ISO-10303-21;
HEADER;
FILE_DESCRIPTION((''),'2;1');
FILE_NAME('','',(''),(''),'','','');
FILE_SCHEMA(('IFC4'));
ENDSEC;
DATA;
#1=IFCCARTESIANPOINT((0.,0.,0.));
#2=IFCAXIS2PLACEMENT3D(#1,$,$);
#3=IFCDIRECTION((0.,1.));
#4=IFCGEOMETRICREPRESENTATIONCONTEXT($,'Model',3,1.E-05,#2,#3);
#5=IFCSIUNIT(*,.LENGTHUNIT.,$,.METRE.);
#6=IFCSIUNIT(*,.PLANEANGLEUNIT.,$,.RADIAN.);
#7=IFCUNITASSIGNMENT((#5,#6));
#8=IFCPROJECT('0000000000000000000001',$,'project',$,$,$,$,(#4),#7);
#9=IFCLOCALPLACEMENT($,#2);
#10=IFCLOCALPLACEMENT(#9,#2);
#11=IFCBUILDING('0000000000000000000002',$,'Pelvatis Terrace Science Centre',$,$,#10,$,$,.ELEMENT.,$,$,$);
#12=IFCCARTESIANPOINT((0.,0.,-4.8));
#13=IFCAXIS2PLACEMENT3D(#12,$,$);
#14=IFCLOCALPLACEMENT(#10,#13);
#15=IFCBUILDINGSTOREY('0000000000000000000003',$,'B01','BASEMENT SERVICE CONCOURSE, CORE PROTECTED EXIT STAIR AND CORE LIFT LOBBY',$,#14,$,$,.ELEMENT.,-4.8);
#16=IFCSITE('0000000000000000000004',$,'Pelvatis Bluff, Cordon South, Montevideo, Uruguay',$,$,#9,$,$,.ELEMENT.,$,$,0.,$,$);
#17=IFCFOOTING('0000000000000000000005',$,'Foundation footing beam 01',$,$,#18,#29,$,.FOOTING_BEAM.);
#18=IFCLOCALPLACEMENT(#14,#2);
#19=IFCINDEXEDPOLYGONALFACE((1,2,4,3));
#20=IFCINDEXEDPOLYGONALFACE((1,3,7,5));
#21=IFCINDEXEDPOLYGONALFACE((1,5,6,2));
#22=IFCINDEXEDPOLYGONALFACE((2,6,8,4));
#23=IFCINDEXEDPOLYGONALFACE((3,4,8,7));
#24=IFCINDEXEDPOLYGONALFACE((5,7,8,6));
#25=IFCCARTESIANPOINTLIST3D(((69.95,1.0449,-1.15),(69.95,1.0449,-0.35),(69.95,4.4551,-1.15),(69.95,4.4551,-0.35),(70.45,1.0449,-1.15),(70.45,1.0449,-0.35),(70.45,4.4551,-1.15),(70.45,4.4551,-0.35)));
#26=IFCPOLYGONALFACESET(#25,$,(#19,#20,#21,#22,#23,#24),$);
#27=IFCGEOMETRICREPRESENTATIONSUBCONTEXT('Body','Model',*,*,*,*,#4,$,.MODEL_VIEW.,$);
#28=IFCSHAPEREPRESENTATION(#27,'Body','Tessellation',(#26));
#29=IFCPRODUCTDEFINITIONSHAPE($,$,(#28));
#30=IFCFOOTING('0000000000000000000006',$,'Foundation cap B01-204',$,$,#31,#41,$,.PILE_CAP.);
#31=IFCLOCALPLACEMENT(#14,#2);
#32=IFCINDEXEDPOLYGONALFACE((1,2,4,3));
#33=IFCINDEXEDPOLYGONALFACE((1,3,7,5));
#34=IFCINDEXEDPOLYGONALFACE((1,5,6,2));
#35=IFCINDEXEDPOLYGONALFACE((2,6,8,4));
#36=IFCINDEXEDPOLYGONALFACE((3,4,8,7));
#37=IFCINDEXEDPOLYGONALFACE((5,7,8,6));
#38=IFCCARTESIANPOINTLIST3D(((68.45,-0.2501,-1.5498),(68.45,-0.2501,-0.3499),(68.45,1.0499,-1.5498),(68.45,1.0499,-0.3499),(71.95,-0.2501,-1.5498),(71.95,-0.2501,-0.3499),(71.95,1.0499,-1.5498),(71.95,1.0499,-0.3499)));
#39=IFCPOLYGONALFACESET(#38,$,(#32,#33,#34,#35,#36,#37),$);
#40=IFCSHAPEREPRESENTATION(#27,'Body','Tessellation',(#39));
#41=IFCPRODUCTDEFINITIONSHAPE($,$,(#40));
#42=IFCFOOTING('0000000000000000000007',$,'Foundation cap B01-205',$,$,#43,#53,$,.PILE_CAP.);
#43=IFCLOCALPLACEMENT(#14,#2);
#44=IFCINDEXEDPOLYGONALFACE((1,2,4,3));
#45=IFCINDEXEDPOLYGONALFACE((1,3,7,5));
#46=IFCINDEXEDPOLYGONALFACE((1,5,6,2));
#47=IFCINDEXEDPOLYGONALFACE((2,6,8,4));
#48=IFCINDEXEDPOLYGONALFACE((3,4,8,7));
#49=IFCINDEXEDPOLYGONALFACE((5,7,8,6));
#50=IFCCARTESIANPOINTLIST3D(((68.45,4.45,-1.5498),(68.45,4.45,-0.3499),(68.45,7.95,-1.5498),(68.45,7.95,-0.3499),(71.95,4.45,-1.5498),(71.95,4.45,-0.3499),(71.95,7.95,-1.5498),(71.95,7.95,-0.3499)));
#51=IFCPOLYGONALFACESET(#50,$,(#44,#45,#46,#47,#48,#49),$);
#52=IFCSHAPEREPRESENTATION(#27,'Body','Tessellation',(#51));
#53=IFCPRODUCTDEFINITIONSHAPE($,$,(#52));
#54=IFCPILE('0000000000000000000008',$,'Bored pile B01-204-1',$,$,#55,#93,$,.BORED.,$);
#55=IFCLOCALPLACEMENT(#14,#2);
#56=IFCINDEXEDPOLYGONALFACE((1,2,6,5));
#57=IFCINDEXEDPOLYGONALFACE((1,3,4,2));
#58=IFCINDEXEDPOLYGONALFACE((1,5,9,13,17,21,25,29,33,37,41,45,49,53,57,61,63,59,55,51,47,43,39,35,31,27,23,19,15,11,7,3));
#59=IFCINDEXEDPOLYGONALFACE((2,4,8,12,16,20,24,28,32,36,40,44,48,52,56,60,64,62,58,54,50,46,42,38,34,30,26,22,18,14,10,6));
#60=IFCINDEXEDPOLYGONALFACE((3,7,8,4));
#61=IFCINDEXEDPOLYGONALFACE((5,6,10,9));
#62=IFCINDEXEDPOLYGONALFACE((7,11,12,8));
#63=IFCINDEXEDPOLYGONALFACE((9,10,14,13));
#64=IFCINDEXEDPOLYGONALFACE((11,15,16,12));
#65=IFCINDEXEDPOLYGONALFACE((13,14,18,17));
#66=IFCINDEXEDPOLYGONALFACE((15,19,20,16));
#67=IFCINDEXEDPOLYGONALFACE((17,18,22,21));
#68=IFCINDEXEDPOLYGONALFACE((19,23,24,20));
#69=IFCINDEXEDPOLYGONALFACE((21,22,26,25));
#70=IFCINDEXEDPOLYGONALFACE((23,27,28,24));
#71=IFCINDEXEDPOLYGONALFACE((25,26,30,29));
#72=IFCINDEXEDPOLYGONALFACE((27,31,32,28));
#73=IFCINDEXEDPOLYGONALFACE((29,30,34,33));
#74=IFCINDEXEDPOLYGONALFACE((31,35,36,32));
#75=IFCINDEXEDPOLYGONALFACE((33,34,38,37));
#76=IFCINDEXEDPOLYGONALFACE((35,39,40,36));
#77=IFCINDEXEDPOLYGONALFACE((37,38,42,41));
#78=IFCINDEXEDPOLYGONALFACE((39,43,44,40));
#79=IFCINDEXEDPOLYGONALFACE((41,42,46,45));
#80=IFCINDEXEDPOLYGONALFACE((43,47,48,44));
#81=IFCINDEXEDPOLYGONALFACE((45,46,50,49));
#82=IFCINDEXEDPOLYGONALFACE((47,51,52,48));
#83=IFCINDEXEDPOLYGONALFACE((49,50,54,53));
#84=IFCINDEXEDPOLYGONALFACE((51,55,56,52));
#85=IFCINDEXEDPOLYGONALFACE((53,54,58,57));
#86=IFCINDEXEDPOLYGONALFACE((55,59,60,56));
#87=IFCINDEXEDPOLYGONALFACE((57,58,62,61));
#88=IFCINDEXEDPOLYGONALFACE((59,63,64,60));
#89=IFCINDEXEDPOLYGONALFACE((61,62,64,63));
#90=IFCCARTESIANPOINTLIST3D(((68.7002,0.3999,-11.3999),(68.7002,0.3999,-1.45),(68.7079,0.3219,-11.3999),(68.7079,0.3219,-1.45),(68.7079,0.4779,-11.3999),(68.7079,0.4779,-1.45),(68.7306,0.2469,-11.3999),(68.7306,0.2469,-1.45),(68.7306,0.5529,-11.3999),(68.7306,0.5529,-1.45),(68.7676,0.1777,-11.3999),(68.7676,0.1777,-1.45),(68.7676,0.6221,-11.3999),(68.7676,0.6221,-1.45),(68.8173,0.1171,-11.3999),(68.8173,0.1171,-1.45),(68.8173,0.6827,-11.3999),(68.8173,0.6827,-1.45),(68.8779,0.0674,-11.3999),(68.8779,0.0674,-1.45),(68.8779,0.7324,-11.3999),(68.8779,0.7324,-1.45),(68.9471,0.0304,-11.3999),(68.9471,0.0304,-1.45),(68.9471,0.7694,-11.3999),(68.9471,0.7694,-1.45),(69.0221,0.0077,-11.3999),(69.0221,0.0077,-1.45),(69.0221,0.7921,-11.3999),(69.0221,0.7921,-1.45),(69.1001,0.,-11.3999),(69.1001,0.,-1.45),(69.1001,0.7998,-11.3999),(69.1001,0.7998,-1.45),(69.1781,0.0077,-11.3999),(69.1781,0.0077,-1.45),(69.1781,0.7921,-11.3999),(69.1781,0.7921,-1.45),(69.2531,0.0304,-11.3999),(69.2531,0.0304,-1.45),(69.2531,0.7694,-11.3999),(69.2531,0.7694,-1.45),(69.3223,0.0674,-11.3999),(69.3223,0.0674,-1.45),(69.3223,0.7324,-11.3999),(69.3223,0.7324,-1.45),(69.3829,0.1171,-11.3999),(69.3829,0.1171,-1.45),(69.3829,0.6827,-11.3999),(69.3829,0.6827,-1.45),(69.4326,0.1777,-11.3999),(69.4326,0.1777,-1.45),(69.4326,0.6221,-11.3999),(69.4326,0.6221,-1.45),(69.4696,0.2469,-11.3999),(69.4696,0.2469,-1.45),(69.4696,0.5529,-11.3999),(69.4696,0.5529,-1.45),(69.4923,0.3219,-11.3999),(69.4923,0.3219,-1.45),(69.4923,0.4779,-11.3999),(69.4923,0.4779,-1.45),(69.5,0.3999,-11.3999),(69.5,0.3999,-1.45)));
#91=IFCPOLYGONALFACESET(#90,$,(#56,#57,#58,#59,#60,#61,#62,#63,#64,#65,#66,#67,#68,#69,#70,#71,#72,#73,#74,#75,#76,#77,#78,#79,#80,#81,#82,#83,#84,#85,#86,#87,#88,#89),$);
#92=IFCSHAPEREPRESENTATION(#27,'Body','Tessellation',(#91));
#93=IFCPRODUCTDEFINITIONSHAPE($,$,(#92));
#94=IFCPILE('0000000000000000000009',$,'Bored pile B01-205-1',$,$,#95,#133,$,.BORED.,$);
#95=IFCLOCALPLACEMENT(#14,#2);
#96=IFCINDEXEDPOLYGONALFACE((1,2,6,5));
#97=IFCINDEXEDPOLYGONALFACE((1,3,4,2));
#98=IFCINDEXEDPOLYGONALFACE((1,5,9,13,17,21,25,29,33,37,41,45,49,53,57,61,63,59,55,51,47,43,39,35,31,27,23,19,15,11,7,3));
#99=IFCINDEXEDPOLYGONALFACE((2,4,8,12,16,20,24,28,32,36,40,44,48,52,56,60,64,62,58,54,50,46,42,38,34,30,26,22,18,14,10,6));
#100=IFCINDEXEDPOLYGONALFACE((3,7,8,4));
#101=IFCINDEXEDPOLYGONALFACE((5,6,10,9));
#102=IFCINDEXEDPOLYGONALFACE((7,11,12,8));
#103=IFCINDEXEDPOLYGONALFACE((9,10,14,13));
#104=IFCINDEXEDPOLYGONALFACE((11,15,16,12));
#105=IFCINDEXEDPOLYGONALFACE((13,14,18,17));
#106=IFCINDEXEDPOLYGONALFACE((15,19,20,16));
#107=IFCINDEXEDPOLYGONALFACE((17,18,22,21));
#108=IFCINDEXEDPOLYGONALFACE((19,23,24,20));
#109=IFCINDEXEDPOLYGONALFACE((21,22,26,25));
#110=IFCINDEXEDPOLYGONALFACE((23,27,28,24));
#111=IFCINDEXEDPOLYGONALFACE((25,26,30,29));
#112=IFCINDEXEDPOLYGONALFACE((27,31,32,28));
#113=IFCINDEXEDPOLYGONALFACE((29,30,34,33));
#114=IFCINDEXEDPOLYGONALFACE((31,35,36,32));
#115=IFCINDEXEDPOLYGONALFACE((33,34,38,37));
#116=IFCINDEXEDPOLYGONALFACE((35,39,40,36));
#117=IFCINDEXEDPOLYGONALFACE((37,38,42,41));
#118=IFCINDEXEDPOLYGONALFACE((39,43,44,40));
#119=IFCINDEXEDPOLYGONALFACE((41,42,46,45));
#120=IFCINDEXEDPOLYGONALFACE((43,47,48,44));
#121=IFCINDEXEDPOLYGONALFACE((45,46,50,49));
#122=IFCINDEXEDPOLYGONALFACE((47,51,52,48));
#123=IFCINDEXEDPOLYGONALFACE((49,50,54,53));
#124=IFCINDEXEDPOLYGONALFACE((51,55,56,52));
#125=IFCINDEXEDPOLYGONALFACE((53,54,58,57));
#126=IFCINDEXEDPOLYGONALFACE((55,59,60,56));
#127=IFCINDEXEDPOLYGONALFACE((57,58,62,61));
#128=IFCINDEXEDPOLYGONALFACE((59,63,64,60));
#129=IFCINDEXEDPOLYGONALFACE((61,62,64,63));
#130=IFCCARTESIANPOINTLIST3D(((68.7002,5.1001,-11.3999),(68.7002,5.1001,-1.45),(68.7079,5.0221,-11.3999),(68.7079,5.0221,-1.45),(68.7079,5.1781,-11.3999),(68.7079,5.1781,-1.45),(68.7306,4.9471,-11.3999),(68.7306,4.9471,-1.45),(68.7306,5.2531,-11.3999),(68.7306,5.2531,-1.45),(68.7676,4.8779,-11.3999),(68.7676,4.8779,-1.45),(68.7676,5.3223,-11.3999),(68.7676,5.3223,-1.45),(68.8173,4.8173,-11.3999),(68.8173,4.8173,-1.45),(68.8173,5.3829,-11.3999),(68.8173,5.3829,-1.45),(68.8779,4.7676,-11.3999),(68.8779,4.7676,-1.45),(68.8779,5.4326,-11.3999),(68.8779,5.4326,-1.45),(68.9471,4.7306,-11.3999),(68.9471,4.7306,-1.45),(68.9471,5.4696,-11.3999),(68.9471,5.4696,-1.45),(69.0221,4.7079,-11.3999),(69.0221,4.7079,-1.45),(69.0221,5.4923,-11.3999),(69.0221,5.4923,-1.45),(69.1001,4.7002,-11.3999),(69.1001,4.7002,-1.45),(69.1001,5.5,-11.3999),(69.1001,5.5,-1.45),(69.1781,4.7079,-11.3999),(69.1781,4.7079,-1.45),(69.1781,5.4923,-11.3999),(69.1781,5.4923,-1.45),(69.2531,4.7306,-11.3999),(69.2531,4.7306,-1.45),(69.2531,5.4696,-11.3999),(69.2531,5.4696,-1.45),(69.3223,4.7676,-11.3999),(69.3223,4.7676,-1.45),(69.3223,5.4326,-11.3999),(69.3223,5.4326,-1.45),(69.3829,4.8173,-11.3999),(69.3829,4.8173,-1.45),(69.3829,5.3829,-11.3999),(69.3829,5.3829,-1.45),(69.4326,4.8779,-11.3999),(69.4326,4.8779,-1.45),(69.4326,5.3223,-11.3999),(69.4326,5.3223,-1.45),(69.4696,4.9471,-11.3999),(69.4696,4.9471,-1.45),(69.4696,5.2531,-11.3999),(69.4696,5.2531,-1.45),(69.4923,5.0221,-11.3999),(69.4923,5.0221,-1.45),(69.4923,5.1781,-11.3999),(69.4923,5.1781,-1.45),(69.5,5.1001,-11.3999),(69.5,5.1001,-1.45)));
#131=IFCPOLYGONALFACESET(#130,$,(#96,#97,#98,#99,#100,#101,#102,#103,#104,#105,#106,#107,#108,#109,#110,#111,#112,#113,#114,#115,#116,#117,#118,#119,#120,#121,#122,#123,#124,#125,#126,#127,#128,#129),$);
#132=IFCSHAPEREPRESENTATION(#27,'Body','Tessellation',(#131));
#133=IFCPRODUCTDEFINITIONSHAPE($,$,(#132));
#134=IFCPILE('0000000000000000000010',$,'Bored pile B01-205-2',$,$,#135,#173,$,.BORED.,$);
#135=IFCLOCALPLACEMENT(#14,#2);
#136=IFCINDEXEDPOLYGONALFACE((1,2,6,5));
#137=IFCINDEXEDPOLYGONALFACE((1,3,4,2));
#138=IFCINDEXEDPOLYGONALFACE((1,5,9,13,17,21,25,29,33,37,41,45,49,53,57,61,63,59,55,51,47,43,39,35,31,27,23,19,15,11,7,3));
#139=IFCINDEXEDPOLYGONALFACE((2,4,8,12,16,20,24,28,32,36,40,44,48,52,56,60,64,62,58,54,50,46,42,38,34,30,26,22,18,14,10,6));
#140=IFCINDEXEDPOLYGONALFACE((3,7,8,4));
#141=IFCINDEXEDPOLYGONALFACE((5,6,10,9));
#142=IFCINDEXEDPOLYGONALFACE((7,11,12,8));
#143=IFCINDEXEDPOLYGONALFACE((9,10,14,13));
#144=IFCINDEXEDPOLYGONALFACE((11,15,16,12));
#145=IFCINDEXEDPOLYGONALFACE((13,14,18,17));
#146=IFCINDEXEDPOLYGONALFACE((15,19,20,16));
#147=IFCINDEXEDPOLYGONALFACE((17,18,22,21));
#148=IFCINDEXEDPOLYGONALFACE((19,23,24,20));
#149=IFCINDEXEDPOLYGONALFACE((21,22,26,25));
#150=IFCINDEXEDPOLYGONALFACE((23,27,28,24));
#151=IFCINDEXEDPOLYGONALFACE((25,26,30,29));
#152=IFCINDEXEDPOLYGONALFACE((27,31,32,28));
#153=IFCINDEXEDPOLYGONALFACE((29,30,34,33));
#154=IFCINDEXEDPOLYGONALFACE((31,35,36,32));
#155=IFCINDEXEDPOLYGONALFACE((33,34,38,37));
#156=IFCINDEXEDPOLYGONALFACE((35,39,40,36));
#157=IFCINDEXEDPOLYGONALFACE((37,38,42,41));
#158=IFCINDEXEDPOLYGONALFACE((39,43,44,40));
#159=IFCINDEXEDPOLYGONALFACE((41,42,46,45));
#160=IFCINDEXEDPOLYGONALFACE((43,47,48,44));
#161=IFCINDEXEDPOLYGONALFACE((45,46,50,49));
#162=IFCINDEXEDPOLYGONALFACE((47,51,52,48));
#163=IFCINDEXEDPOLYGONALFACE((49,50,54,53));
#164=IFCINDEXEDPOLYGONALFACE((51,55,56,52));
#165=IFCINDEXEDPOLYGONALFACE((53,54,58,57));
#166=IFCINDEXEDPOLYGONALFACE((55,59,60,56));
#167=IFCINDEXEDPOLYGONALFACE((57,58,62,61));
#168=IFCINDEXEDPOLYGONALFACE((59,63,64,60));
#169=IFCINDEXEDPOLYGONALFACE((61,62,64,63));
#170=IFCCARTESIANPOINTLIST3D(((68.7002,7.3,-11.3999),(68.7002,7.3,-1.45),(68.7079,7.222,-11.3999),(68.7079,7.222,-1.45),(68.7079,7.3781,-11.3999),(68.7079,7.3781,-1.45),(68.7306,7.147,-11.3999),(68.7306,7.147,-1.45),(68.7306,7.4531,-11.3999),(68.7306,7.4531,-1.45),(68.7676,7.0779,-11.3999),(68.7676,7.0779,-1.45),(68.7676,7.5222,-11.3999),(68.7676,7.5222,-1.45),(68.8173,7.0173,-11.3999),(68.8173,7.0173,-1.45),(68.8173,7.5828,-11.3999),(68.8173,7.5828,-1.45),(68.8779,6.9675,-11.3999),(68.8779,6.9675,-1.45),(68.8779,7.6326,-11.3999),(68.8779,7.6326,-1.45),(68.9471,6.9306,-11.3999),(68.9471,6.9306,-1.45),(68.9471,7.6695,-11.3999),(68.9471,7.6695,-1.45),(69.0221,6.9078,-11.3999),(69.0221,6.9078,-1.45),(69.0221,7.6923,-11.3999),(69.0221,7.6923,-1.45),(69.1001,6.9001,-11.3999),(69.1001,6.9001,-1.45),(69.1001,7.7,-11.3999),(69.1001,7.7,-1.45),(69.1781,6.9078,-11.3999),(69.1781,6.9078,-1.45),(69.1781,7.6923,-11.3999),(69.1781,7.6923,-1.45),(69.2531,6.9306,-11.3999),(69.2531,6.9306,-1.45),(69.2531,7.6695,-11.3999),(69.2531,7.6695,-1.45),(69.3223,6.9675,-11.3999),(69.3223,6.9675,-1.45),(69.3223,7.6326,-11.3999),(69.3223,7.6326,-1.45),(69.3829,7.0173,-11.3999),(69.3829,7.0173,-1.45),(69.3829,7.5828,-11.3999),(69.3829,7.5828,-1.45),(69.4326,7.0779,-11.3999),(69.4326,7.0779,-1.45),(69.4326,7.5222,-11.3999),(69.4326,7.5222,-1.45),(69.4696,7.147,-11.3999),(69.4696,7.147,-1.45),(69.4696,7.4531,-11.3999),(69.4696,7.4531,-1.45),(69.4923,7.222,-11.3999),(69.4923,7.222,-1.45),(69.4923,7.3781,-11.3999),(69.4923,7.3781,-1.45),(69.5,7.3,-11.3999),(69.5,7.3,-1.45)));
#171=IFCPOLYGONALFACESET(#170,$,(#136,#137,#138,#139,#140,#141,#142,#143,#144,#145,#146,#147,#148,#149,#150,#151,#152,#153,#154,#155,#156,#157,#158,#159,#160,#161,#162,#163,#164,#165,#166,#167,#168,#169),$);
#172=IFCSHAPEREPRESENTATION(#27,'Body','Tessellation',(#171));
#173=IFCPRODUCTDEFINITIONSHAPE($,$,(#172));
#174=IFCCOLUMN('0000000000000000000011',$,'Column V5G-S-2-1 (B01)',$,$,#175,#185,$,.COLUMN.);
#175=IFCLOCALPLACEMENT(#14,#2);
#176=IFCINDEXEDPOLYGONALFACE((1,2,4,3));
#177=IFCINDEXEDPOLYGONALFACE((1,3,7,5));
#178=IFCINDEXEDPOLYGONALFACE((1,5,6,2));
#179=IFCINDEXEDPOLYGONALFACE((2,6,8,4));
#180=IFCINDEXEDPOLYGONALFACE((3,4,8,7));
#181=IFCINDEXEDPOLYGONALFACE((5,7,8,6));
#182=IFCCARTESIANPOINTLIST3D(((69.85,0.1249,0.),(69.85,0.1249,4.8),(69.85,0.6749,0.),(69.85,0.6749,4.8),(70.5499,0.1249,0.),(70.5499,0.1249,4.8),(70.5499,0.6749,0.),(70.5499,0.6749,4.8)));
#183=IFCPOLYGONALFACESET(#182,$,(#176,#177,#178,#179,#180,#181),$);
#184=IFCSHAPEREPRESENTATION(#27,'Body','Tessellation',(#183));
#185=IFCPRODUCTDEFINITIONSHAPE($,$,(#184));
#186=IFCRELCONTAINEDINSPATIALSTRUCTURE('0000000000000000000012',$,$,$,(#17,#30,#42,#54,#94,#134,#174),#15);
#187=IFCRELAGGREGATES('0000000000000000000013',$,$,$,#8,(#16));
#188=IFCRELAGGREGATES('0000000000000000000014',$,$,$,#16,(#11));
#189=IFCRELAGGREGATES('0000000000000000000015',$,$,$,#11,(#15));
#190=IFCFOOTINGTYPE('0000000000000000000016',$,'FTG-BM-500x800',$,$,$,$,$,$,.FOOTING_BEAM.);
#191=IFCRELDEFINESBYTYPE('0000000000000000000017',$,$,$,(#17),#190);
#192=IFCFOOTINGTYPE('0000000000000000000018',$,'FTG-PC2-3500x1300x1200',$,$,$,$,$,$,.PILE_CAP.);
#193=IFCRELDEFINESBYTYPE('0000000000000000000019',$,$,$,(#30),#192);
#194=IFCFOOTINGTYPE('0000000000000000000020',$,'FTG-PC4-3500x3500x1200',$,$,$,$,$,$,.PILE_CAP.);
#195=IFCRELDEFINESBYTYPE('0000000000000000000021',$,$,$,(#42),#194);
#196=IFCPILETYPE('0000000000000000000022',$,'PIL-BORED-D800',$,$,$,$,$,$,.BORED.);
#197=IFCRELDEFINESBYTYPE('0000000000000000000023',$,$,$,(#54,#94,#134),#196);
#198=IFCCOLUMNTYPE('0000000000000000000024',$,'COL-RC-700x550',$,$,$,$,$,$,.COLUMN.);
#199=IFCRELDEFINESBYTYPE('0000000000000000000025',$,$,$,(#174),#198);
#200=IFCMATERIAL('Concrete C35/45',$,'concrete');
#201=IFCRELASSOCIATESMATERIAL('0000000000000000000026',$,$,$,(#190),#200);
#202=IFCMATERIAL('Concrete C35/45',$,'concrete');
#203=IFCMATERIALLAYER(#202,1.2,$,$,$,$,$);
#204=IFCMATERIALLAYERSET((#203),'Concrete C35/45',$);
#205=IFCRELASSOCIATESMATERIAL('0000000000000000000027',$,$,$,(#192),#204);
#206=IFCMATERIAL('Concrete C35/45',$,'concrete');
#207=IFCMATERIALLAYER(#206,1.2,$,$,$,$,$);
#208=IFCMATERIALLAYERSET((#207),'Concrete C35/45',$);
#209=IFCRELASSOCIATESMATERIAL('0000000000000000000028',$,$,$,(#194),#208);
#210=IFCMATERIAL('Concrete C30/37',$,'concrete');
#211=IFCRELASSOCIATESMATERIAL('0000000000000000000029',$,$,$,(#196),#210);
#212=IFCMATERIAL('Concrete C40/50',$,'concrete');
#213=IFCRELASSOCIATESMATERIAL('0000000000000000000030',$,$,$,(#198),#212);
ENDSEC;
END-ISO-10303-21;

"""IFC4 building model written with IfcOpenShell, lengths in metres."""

from ifc_helpers import new_model, si_unit, direction, frame, origin, origin_2d, place, context, subcontext, project, spatial, rectangle, circle, extrude, material, layer, layer_set, material_profile, profile_set, type_object, element, save


model = new_model("IFC4")

# Units and contexts
model_context = context("Model", 3, precision=1e-05, world=origin(), true_north=direction((0.0, 1.0)))
body_context = subcontext(model_context, "Body", "Model", "MODEL_VIEW")
ifc_project = project(units=[si_unit("LENGTHUNIT", "METRE"), si_unit("PLANEANGLEUNIT", "RADIAN")], contexts=[model_context])

# Site, building, storey
site_placement = place(None, origin())
site = spatial("IfcSite", under=ifc_project, at=site_placement, Name="Pelvatis Bluff, Cordon South, Montevideo, Uruguay", CompositionType="ELEMENT", RefElevation=0.0)
building_placement = place(site_placement, origin())
building = spatial("IfcBuilding", under=site, at=building_placement, Name="Pelvatis Terrace Science Centre", CompositionType="ELEMENT")
storey_placement = place(building_placement, frame((0.0, 0.0, -4.8)))
storey = spatial("IfcBuildingStorey", under=building, at=storey_placement, Name="B01", Description="BASEMENT SERVICE CONCOURSE, CORE PROTECTED EXIT STAIR AND CORE LIFT LOBBY", CompositionType="ELEMENT", Elevation=-4.8)

# Footings
ifc_material_1 = material(Name="Concrete C35/45", Category="concrete")
ifc_material_profile_1 = material_profile(ifc_material_1, rectangle(XDim=0.5, YDim=0.8, at=origin_2d()), Name="RC-FTB 500x800")
ifc_profile_set_1 = profile_set([ifc_material_profile_1], Name="Concrete C35/45")
footing_type_1 = type_object("IfcFootingType", Name="FTG-BM-500x800", PredefinedType="FOOTING_BEAM", material=ifc_profile_set_1)
footing_1_placement = place(storey_placement, frame((70.2, 1.0449, -0.75), z_axis=(0.0, 1.0, 0.0), x_axis=(-1.0, 0.0, 0.0)))
element("IfcFooting", 1, at=footing_1_placement, inside=storey, type_object=footing_type_1, Name="Foundation footing beam 01", PredefinedType="FOOTING_BEAM", context=body_context, shape_type="SweptSolid", body=[
    extrude(rectangle(XDim=0.5, YDim=0.8, at=origin_2d()), origin(), (0.0, 0.0, 1.0), 3.4102),
])
ifc_material_2 = material(Name="Concrete C35/45", Category="concrete")
ifc_layer_1 = layer(ifc_material_2, 1.2)
ifc_layer_set_1 = layer_set([ifc_layer_1], Name="Concrete C35/45")
footing_type_2 = type_object("IfcFootingType", Name="FTG-PC2-3500x1300x1200", PredefinedType="PILE_CAP", material=ifc_layer_set_1)
footing_2_placement = place(storey_placement, frame((70.2, 0.3999, -1.5498), z_axis=(0.0, 0.0, 1.0), x_axis=(1.0, 0.0, 0.0)))
element("IfcFooting", 2, at=footing_2_placement, inside=storey, type_object=footing_type_2, Name="Foundation cap B01-204", PredefinedType="PILE_CAP", context=body_context, shape_type="SweptSolid", body=[
    extrude(rectangle(XDim=3.5, YDim=1.3, at=origin_2d()), origin(), (0.0, 0.0, 1.0), 1.2),
])
ifc_material_3 = material(Name="Concrete C35/45", Category="concrete")
ifc_layer_2 = layer(ifc_material_3, 1.2)
ifc_layer_set_2 = layer_set([ifc_layer_2], Name="Concrete C35/45")
footing_type_3 = type_object("IfcFootingType", Name="FTG-PC4-3500x3500x1200", PredefinedType="PILE_CAP", material=ifc_layer_set_2)
footing_3_placement = place(storey_placement, frame((70.2, 6.2, -1.5498), z_axis=(0.0, 0.0, 1.0), x_axis=(1.0, 0.0, 0.0)))
element("IfcFooting", 3, at=footing_3_placement, inside=storey, type_object=footing_type_3, Name="Foundation cap B01-205", PredefinedType="PILE_CAP", context=body_context, shape_type="SweptSolid", body=[
    extrude(rectangle(XDim=3.5, YDim=3.5, at=origin_2d()), origin(), (0.0, 0.0, 1.0), 1.2),
])

# Piles
ifc_material_4 = material(Name="Concrete C30/37", Category="concrete")
ifc_material_profile_2 = material_profile(ifc_material_4, circle(Radius=0.3999, at=origin_2d()), Name="PILE D800")
ifc_profile_set_2 = profile_set([ifc_material_profile_2], Name="Concrete C30/37")
pile_type = type_object("IfcPileType", Name="PIL-BORED-D800", PredefinedType="BORED", material=ifc_profile_set_2)
for number, where, z_axis, x_axis, name in (
    (4, (69.1001, 0.3999, -1.45), (0.0, 0.0, -1.0), (1.0, 0.0, 0.0), "Bored pile B01-204-1"),
    (5, (69.1001, 5.1001, -1.45), (0.0, 0.0, -1.0), (1.0, 0.0, 0.0), "Bored pile B01-205-1"),
    (6, (69.1001, 7.3, -1.45), (0.0, 0.0, -1.0), (1.0, 0.0, 0.0), "Bored pile B01-205-2"),
):
    element("IfcPile", number, at=place(storey_placement, frame(where, z_axis=z_axis, x_axis=x_axis)), inside=storey, type_object=pile_type, Name=name, PredefinedType="BORED", context=body_context, shape_type="SweptSolid", body=[
        extrude(circle(Radius=0.3999, at=origin_2d()), origin(), (0.0, 0.0, 1.0), 9.95),
    ])

# Column
ifc_material_5 = material(Name="Concrete C40/50", Category="concrete")
ifc_material_profile_3 = material_profile(ifc_material_5, rectangle(XDim=0.7, YDim=0.55, at=origin_2d()), Name="RC-COL 700x550")
ifc_profile_set_3 = profile_set([ifc_material_profile_3], Name="Concrete C40/50")
column_type_1 = type_object("IfcColumnType", Name="COL-RC-700x550", PredefinedType="COLUMN", material=ifc_profile_set_3)
column_1_placement = place(storey_placement, frame((70.2, 0.3999, 0.0), z_axis=(0.0, 0.0, 1.0), x_axis=(1.0, 0.0, 0.0)))
element("IfcColumn", 7, at=column_1_placement, inside=storey, type_object=column_type_1, Name="Column V5G-S-2-1 (B01)", PredefinedType="COLUMN", context=body_context, shape_type="SweptSolid", body=[
    extrude(rectangle(XDim=0.7, YDim=0.55, at=origin_2d()), origin(), (0.0, 0.0, 1.0), 4.8),
])

save(model, "model.ifc")
